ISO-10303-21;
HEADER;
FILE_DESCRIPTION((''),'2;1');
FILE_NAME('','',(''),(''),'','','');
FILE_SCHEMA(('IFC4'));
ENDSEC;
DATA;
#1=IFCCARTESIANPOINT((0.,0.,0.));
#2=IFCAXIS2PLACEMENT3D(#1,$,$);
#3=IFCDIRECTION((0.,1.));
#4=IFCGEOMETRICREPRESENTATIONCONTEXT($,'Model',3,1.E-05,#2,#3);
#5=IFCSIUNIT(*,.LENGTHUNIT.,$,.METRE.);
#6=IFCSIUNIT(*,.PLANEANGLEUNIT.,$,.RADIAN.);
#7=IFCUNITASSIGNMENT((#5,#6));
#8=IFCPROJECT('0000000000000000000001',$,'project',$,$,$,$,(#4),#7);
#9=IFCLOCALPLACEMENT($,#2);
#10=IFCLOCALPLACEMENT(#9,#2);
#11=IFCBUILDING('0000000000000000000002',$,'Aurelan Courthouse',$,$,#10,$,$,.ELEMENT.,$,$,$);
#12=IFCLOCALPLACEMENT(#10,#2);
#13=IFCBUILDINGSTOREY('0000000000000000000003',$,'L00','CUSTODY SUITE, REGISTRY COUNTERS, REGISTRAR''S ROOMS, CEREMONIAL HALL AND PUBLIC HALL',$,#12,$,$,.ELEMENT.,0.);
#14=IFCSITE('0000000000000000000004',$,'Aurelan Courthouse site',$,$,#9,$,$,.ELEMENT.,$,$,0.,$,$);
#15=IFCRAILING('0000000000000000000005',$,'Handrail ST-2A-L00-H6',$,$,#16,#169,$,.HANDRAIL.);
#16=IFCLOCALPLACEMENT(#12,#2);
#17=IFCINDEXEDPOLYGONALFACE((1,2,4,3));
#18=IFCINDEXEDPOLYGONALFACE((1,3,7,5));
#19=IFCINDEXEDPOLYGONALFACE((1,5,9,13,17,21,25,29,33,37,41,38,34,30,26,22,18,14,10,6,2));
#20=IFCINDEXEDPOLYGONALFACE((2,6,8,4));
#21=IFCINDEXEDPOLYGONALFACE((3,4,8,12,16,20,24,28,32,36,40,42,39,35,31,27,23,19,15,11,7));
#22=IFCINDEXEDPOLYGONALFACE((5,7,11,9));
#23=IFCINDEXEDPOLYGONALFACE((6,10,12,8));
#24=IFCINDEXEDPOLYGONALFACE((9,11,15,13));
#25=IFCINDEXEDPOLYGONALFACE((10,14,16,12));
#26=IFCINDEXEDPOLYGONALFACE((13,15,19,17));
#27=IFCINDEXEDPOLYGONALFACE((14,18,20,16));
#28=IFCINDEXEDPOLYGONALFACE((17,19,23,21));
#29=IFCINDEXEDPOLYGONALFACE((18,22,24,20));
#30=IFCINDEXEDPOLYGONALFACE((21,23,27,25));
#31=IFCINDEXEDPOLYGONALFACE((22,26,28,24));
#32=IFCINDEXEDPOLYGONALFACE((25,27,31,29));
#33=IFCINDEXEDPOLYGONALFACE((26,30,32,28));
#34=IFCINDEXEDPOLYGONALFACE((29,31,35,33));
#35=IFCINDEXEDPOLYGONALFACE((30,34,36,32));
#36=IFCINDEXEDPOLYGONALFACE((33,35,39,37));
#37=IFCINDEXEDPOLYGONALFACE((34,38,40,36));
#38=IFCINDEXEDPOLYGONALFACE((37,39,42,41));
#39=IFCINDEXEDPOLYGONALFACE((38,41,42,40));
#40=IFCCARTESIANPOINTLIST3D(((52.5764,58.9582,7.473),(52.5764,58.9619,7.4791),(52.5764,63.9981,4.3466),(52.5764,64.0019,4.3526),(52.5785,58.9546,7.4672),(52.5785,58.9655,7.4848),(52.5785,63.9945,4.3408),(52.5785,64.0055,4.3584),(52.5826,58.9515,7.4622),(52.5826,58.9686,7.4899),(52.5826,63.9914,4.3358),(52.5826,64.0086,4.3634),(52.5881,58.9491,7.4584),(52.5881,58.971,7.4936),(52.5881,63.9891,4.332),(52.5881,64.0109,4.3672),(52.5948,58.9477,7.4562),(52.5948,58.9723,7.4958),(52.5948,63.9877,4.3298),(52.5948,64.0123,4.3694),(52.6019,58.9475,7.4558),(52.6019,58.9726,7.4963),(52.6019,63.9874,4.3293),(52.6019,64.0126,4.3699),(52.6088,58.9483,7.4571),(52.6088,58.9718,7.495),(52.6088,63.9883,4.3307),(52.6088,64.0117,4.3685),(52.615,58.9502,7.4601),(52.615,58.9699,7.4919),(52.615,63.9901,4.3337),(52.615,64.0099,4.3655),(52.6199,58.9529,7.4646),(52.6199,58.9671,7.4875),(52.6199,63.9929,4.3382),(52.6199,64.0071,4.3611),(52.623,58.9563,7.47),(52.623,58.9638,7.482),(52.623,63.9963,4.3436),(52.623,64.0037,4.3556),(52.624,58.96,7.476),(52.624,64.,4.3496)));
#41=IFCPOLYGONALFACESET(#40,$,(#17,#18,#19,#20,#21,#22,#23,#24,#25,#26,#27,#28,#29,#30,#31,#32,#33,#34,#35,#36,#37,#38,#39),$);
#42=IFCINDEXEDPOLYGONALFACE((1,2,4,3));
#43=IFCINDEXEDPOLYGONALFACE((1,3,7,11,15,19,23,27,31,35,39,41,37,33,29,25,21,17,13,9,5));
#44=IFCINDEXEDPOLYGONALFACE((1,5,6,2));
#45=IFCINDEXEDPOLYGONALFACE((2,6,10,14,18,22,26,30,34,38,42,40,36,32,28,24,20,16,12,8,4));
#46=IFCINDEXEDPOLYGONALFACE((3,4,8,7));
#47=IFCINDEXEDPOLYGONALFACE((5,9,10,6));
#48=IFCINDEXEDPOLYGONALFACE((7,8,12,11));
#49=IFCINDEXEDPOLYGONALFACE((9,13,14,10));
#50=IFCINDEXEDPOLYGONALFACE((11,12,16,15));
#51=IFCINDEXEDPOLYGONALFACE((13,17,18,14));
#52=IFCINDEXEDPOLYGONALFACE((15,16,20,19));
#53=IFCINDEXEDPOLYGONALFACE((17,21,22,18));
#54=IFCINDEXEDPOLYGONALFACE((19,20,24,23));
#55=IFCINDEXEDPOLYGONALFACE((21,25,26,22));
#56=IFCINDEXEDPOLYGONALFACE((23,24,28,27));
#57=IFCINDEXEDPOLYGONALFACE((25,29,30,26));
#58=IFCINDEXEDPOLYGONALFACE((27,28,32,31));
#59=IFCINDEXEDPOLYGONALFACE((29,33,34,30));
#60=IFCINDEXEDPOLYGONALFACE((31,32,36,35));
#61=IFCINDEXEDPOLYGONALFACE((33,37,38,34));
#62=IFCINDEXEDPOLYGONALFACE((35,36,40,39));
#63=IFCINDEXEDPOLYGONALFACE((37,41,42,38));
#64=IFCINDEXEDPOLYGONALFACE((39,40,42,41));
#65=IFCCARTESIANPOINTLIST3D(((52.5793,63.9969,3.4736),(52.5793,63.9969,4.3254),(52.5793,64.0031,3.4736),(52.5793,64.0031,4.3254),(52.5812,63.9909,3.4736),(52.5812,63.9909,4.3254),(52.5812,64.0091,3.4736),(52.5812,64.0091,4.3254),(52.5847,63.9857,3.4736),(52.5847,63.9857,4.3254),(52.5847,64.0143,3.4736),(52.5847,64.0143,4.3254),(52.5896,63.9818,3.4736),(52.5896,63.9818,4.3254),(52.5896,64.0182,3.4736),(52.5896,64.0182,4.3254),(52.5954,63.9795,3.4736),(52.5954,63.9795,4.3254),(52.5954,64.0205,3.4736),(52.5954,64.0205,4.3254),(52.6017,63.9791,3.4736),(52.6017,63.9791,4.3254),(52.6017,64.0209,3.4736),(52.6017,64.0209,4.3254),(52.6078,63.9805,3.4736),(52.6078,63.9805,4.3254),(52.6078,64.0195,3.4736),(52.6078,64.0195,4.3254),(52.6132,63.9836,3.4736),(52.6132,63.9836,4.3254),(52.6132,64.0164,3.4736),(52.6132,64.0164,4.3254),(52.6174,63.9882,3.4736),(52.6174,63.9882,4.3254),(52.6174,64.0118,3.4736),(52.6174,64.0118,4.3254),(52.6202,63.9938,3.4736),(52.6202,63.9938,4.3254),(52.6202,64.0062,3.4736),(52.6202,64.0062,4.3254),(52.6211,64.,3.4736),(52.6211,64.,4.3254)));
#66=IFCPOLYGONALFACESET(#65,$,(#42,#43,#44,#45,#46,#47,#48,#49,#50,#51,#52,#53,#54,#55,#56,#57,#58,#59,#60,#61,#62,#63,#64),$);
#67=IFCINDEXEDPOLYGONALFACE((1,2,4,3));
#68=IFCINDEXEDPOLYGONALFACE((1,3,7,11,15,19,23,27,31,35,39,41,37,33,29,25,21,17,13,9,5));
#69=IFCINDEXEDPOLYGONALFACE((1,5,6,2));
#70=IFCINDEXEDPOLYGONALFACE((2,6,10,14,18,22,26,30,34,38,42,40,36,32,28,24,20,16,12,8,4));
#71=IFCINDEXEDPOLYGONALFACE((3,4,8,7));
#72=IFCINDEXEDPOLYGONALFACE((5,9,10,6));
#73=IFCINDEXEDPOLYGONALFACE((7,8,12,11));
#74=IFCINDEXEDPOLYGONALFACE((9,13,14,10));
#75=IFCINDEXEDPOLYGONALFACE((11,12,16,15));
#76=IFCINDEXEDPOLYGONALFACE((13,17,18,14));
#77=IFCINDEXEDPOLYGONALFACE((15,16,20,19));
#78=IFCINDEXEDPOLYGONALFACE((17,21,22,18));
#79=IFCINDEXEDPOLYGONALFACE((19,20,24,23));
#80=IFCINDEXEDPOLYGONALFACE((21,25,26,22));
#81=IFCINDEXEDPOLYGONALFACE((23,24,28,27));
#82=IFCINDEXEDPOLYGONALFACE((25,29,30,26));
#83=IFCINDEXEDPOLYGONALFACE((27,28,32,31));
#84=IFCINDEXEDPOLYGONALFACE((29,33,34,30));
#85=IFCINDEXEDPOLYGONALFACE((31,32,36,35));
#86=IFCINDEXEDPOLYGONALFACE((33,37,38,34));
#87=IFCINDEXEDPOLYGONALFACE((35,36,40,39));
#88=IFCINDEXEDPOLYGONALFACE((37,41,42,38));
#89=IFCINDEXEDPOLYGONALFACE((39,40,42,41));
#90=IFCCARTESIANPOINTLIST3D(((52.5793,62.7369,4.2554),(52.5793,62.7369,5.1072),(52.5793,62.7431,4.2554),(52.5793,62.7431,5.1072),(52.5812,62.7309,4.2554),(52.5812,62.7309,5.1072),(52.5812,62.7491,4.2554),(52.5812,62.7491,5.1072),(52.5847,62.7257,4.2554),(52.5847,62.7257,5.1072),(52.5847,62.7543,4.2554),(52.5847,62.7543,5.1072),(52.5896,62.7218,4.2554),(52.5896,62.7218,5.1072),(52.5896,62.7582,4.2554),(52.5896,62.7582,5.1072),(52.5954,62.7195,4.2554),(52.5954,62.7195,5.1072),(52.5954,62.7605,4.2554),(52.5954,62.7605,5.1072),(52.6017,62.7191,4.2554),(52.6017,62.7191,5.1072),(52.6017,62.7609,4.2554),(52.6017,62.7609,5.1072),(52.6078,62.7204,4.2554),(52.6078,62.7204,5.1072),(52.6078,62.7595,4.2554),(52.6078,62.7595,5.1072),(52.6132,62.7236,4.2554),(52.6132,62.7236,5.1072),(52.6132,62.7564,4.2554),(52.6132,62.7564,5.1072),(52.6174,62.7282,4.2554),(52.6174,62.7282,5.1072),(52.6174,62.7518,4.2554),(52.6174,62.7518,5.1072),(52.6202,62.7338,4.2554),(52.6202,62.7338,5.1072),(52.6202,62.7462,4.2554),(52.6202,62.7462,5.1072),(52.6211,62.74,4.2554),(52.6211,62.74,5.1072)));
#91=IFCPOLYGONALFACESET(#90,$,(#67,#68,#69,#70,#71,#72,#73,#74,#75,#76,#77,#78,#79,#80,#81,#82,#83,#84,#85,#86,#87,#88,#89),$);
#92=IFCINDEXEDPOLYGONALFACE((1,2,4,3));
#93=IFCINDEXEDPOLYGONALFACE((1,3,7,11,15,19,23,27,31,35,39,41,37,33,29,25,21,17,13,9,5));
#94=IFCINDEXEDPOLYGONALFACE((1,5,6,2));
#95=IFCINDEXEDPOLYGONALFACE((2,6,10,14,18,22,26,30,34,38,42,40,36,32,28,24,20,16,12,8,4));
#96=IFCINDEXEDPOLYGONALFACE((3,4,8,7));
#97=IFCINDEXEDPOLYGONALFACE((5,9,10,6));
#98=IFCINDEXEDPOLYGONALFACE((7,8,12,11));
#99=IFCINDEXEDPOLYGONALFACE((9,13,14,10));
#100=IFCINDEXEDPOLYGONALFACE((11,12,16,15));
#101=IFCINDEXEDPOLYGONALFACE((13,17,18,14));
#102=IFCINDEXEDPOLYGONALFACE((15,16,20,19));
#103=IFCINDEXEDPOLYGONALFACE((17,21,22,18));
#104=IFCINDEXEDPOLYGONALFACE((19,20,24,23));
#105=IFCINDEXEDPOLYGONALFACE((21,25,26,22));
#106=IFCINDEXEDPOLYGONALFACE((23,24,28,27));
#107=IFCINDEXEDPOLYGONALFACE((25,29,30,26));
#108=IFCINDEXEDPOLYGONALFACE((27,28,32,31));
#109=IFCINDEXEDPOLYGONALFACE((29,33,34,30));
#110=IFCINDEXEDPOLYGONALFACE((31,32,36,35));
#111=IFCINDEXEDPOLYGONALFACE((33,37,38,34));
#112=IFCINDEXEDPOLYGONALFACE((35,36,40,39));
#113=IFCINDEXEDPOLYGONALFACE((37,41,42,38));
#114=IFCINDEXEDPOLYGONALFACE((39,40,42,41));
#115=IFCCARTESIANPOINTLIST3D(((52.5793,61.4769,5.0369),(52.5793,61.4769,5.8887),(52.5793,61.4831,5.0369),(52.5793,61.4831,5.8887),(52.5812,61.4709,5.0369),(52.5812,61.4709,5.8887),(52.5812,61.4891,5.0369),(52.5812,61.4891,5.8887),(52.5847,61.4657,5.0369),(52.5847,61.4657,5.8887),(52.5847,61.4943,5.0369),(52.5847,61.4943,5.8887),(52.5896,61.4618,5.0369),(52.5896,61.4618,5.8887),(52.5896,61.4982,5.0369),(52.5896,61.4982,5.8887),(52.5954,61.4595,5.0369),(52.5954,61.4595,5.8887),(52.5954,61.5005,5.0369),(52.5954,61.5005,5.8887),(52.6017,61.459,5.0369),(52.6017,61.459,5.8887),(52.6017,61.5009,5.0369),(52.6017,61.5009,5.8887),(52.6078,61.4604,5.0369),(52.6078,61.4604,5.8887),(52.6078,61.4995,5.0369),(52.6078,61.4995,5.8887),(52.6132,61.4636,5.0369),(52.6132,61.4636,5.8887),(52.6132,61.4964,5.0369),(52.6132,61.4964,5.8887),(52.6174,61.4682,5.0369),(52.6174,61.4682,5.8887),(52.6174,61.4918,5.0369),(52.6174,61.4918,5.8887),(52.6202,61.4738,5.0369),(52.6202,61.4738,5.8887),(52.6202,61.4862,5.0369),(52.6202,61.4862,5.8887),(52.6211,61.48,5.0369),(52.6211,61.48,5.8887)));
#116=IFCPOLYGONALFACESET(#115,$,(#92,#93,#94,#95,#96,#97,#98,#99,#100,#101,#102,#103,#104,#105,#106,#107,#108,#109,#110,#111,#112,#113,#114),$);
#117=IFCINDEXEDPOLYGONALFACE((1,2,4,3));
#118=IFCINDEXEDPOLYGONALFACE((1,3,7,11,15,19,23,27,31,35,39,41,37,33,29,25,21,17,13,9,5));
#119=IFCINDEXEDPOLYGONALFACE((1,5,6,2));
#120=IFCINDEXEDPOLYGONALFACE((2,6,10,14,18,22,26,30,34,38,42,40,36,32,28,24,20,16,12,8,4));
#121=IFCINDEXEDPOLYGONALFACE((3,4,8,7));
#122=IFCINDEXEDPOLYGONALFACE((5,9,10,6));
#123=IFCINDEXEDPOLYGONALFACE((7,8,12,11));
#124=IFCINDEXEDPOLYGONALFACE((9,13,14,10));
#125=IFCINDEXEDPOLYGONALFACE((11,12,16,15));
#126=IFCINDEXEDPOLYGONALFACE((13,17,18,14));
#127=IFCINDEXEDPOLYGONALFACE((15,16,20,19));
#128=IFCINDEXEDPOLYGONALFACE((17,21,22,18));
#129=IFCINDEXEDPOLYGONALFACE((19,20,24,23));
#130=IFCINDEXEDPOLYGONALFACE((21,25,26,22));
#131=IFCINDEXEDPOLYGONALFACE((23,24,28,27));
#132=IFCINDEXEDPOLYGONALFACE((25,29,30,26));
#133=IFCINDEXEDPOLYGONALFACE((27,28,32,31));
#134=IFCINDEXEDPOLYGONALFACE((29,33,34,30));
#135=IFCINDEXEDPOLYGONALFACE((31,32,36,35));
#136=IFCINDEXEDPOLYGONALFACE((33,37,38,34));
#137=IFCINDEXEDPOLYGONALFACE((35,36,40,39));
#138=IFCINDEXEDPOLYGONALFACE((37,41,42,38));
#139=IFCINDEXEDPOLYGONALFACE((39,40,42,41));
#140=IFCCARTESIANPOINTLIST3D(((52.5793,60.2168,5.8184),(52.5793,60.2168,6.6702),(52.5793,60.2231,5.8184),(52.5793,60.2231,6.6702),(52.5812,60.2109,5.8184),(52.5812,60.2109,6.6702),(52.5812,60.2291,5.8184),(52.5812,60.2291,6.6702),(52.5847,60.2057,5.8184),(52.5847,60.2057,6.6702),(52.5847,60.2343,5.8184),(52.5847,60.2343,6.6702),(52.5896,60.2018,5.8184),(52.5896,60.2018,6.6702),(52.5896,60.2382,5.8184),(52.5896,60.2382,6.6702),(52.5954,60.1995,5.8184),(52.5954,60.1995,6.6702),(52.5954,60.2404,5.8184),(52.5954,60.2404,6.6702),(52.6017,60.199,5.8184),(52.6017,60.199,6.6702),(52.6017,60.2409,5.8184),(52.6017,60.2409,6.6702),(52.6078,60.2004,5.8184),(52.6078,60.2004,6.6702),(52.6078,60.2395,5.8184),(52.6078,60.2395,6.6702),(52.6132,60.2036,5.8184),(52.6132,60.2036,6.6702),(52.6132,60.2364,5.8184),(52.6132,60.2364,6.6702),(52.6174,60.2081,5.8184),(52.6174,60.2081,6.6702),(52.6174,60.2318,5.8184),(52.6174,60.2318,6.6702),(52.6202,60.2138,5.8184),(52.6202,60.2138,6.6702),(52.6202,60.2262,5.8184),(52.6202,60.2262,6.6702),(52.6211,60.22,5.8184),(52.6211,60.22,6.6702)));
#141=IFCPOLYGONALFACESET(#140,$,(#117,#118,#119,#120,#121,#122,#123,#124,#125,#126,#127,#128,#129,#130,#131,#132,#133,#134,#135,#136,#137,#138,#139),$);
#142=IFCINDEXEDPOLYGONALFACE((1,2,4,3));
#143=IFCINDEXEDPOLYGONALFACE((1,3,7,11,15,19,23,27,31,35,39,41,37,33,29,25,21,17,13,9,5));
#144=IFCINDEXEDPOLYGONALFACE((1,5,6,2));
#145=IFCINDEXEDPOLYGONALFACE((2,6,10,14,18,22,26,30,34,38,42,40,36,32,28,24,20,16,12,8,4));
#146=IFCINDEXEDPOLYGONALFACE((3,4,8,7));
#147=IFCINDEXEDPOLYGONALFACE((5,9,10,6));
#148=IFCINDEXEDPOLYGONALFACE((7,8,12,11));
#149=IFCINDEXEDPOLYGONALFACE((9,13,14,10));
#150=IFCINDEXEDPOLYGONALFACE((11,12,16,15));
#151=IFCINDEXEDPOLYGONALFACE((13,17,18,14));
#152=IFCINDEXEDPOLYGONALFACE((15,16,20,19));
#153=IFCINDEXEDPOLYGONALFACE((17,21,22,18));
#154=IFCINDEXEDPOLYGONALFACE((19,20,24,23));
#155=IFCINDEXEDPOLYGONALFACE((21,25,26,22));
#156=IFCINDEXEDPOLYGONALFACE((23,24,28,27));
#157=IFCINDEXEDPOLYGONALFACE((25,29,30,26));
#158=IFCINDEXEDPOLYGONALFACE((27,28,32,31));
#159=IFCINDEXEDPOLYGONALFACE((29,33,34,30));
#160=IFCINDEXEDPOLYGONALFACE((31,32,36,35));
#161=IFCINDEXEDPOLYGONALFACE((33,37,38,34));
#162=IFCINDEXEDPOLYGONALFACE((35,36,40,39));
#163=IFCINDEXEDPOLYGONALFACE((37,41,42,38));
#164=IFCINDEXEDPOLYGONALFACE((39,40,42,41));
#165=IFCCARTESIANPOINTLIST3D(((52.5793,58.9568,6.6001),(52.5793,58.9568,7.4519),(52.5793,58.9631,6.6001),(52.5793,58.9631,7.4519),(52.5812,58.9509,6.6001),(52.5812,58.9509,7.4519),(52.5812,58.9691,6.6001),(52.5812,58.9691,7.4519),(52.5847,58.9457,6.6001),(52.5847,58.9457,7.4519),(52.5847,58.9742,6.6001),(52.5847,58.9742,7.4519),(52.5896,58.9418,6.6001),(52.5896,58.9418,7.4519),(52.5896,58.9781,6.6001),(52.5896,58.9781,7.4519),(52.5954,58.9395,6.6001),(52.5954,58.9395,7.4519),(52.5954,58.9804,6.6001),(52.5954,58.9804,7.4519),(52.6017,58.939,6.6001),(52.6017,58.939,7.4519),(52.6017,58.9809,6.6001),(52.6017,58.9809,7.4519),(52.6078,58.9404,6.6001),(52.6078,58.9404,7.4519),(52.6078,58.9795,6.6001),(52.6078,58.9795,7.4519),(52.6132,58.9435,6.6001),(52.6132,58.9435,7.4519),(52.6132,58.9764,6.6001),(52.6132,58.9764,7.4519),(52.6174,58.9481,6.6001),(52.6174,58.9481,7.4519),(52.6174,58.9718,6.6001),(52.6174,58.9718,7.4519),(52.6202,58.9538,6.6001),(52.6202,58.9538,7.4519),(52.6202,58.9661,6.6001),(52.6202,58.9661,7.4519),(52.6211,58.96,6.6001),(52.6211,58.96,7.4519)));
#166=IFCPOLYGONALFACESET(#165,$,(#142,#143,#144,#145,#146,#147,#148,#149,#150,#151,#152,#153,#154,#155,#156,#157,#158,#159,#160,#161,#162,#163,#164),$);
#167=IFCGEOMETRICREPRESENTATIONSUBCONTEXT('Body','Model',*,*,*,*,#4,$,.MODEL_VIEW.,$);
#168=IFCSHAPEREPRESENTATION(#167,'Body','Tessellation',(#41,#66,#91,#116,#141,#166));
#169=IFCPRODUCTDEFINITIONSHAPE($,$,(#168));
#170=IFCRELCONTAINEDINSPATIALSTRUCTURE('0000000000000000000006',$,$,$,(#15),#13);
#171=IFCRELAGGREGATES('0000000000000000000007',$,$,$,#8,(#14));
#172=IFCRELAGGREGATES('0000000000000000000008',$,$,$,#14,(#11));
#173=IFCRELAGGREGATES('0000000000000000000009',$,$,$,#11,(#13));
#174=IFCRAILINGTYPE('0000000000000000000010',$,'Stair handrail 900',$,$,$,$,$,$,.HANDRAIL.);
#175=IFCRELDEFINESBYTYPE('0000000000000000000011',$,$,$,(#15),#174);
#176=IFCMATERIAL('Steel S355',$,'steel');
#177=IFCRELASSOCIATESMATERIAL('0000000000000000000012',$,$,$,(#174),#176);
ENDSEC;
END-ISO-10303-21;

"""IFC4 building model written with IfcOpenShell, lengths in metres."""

from ifc_helpers import new_model, si_unit, direction, frame, origin, origin_2d, place, context, subcontext, project, spatial, circle, extrude, material, type_object, element, save


model = new_model("IFC4")

# Units and contexts
model_context = context("Model", 3, precision=1e-05, world=origin(), true_north=direction((0.0, 1.0)))
body_context = subcontext(model_context, "Body", "Model", "MODEL_VIEW")
ifc_project = project(units=[si_unit("LENGTHUNIT", "METRE"), si_unit("PLANEANGLEUNIT", "RADIAN")], contexts=[model_context])

# Site, building, storey
site_placement = place(None, origin())
site = spatial("IfcSite", under=ifc_project, at=site_placement, Name="Aurelan Courthouse site", CompositionType="ELEMENT", RefElevation=0.0)
building_placement = place(site_placement, origin())
building = spatial("IfcBuilding", under=site, at=building_placement, Name="Aurelan Courthouse", CompositionType="ELEMENT")
storey_placement = place(building_placement, origin())
storey = spatial("IfcBuildingStorey", under=building, at=storey_placement, Name="L00", Description="CUSTODY SUITE, REGISTRY COUNTERS, REGISTRAR'S ROOMS, CEREMONIAL HALL AND PUBLIC HALL", CompositionType="ELEMENT", Elevation=0.0)

# Railing
ifc_material_1 = material(Name="Steel S355", Category="steel")
railing_type_1 = type_object("IfcRailingType", Name="Stair handrail 900", PredefinedType="HANDRAIL", material=ifc_material_1)
for number, where, name in (
    (1, (52.6001, 64.0, 3.4736), "Handrail ST-2A-L00-H6"),
):
    element("IfcRailing", number, at=place(storey_placement, frame(where)), inside=storey, type_object=railing_type_1, Name=name, PredefinedType="HANDRAIL", context=body_context, shape_type="SweptSolid", body=[
        extrude(circle(Radius=0.0239, at=origin_2d()), frame((0.0, 0.0, 0.876), z_axis=(0.0, -0.849779, 0.527139), x_axis=(1.0, 0.0, 0.0)), (0.0, 0.0, 1.0), 5.9309),
        extrude(circle(Radius=0.021, at=origin_2d()), origin(), (0.0, 0.0, 1.0), 0.8518),
        extrude(circle(Radius=0.021, at=origin_2d()), frame((0.0, -1.26, 0.7817)), (0.0, 0.0, 1.0), 0.8518),
        extrude(circle(Radius=0.021, at=origin_2d()), frame((0.0, -2.52, 1.5632)), (0.0, 0.0, 1.0), 0.8518),
        extrude(circle(Radius=0.021, at=origin_2d()), frame((0.0, -3.78, 2.3447)), (0.0, 0.0, 1.0), 0.8518),
        extrude(circle(Radius=0.021, at=origin_2d()), frame((0.0, -5.04, 3.1265)), (0.0, 0.0, 1.0), 0.8518),
    ])

save(model, "model.ifc")
